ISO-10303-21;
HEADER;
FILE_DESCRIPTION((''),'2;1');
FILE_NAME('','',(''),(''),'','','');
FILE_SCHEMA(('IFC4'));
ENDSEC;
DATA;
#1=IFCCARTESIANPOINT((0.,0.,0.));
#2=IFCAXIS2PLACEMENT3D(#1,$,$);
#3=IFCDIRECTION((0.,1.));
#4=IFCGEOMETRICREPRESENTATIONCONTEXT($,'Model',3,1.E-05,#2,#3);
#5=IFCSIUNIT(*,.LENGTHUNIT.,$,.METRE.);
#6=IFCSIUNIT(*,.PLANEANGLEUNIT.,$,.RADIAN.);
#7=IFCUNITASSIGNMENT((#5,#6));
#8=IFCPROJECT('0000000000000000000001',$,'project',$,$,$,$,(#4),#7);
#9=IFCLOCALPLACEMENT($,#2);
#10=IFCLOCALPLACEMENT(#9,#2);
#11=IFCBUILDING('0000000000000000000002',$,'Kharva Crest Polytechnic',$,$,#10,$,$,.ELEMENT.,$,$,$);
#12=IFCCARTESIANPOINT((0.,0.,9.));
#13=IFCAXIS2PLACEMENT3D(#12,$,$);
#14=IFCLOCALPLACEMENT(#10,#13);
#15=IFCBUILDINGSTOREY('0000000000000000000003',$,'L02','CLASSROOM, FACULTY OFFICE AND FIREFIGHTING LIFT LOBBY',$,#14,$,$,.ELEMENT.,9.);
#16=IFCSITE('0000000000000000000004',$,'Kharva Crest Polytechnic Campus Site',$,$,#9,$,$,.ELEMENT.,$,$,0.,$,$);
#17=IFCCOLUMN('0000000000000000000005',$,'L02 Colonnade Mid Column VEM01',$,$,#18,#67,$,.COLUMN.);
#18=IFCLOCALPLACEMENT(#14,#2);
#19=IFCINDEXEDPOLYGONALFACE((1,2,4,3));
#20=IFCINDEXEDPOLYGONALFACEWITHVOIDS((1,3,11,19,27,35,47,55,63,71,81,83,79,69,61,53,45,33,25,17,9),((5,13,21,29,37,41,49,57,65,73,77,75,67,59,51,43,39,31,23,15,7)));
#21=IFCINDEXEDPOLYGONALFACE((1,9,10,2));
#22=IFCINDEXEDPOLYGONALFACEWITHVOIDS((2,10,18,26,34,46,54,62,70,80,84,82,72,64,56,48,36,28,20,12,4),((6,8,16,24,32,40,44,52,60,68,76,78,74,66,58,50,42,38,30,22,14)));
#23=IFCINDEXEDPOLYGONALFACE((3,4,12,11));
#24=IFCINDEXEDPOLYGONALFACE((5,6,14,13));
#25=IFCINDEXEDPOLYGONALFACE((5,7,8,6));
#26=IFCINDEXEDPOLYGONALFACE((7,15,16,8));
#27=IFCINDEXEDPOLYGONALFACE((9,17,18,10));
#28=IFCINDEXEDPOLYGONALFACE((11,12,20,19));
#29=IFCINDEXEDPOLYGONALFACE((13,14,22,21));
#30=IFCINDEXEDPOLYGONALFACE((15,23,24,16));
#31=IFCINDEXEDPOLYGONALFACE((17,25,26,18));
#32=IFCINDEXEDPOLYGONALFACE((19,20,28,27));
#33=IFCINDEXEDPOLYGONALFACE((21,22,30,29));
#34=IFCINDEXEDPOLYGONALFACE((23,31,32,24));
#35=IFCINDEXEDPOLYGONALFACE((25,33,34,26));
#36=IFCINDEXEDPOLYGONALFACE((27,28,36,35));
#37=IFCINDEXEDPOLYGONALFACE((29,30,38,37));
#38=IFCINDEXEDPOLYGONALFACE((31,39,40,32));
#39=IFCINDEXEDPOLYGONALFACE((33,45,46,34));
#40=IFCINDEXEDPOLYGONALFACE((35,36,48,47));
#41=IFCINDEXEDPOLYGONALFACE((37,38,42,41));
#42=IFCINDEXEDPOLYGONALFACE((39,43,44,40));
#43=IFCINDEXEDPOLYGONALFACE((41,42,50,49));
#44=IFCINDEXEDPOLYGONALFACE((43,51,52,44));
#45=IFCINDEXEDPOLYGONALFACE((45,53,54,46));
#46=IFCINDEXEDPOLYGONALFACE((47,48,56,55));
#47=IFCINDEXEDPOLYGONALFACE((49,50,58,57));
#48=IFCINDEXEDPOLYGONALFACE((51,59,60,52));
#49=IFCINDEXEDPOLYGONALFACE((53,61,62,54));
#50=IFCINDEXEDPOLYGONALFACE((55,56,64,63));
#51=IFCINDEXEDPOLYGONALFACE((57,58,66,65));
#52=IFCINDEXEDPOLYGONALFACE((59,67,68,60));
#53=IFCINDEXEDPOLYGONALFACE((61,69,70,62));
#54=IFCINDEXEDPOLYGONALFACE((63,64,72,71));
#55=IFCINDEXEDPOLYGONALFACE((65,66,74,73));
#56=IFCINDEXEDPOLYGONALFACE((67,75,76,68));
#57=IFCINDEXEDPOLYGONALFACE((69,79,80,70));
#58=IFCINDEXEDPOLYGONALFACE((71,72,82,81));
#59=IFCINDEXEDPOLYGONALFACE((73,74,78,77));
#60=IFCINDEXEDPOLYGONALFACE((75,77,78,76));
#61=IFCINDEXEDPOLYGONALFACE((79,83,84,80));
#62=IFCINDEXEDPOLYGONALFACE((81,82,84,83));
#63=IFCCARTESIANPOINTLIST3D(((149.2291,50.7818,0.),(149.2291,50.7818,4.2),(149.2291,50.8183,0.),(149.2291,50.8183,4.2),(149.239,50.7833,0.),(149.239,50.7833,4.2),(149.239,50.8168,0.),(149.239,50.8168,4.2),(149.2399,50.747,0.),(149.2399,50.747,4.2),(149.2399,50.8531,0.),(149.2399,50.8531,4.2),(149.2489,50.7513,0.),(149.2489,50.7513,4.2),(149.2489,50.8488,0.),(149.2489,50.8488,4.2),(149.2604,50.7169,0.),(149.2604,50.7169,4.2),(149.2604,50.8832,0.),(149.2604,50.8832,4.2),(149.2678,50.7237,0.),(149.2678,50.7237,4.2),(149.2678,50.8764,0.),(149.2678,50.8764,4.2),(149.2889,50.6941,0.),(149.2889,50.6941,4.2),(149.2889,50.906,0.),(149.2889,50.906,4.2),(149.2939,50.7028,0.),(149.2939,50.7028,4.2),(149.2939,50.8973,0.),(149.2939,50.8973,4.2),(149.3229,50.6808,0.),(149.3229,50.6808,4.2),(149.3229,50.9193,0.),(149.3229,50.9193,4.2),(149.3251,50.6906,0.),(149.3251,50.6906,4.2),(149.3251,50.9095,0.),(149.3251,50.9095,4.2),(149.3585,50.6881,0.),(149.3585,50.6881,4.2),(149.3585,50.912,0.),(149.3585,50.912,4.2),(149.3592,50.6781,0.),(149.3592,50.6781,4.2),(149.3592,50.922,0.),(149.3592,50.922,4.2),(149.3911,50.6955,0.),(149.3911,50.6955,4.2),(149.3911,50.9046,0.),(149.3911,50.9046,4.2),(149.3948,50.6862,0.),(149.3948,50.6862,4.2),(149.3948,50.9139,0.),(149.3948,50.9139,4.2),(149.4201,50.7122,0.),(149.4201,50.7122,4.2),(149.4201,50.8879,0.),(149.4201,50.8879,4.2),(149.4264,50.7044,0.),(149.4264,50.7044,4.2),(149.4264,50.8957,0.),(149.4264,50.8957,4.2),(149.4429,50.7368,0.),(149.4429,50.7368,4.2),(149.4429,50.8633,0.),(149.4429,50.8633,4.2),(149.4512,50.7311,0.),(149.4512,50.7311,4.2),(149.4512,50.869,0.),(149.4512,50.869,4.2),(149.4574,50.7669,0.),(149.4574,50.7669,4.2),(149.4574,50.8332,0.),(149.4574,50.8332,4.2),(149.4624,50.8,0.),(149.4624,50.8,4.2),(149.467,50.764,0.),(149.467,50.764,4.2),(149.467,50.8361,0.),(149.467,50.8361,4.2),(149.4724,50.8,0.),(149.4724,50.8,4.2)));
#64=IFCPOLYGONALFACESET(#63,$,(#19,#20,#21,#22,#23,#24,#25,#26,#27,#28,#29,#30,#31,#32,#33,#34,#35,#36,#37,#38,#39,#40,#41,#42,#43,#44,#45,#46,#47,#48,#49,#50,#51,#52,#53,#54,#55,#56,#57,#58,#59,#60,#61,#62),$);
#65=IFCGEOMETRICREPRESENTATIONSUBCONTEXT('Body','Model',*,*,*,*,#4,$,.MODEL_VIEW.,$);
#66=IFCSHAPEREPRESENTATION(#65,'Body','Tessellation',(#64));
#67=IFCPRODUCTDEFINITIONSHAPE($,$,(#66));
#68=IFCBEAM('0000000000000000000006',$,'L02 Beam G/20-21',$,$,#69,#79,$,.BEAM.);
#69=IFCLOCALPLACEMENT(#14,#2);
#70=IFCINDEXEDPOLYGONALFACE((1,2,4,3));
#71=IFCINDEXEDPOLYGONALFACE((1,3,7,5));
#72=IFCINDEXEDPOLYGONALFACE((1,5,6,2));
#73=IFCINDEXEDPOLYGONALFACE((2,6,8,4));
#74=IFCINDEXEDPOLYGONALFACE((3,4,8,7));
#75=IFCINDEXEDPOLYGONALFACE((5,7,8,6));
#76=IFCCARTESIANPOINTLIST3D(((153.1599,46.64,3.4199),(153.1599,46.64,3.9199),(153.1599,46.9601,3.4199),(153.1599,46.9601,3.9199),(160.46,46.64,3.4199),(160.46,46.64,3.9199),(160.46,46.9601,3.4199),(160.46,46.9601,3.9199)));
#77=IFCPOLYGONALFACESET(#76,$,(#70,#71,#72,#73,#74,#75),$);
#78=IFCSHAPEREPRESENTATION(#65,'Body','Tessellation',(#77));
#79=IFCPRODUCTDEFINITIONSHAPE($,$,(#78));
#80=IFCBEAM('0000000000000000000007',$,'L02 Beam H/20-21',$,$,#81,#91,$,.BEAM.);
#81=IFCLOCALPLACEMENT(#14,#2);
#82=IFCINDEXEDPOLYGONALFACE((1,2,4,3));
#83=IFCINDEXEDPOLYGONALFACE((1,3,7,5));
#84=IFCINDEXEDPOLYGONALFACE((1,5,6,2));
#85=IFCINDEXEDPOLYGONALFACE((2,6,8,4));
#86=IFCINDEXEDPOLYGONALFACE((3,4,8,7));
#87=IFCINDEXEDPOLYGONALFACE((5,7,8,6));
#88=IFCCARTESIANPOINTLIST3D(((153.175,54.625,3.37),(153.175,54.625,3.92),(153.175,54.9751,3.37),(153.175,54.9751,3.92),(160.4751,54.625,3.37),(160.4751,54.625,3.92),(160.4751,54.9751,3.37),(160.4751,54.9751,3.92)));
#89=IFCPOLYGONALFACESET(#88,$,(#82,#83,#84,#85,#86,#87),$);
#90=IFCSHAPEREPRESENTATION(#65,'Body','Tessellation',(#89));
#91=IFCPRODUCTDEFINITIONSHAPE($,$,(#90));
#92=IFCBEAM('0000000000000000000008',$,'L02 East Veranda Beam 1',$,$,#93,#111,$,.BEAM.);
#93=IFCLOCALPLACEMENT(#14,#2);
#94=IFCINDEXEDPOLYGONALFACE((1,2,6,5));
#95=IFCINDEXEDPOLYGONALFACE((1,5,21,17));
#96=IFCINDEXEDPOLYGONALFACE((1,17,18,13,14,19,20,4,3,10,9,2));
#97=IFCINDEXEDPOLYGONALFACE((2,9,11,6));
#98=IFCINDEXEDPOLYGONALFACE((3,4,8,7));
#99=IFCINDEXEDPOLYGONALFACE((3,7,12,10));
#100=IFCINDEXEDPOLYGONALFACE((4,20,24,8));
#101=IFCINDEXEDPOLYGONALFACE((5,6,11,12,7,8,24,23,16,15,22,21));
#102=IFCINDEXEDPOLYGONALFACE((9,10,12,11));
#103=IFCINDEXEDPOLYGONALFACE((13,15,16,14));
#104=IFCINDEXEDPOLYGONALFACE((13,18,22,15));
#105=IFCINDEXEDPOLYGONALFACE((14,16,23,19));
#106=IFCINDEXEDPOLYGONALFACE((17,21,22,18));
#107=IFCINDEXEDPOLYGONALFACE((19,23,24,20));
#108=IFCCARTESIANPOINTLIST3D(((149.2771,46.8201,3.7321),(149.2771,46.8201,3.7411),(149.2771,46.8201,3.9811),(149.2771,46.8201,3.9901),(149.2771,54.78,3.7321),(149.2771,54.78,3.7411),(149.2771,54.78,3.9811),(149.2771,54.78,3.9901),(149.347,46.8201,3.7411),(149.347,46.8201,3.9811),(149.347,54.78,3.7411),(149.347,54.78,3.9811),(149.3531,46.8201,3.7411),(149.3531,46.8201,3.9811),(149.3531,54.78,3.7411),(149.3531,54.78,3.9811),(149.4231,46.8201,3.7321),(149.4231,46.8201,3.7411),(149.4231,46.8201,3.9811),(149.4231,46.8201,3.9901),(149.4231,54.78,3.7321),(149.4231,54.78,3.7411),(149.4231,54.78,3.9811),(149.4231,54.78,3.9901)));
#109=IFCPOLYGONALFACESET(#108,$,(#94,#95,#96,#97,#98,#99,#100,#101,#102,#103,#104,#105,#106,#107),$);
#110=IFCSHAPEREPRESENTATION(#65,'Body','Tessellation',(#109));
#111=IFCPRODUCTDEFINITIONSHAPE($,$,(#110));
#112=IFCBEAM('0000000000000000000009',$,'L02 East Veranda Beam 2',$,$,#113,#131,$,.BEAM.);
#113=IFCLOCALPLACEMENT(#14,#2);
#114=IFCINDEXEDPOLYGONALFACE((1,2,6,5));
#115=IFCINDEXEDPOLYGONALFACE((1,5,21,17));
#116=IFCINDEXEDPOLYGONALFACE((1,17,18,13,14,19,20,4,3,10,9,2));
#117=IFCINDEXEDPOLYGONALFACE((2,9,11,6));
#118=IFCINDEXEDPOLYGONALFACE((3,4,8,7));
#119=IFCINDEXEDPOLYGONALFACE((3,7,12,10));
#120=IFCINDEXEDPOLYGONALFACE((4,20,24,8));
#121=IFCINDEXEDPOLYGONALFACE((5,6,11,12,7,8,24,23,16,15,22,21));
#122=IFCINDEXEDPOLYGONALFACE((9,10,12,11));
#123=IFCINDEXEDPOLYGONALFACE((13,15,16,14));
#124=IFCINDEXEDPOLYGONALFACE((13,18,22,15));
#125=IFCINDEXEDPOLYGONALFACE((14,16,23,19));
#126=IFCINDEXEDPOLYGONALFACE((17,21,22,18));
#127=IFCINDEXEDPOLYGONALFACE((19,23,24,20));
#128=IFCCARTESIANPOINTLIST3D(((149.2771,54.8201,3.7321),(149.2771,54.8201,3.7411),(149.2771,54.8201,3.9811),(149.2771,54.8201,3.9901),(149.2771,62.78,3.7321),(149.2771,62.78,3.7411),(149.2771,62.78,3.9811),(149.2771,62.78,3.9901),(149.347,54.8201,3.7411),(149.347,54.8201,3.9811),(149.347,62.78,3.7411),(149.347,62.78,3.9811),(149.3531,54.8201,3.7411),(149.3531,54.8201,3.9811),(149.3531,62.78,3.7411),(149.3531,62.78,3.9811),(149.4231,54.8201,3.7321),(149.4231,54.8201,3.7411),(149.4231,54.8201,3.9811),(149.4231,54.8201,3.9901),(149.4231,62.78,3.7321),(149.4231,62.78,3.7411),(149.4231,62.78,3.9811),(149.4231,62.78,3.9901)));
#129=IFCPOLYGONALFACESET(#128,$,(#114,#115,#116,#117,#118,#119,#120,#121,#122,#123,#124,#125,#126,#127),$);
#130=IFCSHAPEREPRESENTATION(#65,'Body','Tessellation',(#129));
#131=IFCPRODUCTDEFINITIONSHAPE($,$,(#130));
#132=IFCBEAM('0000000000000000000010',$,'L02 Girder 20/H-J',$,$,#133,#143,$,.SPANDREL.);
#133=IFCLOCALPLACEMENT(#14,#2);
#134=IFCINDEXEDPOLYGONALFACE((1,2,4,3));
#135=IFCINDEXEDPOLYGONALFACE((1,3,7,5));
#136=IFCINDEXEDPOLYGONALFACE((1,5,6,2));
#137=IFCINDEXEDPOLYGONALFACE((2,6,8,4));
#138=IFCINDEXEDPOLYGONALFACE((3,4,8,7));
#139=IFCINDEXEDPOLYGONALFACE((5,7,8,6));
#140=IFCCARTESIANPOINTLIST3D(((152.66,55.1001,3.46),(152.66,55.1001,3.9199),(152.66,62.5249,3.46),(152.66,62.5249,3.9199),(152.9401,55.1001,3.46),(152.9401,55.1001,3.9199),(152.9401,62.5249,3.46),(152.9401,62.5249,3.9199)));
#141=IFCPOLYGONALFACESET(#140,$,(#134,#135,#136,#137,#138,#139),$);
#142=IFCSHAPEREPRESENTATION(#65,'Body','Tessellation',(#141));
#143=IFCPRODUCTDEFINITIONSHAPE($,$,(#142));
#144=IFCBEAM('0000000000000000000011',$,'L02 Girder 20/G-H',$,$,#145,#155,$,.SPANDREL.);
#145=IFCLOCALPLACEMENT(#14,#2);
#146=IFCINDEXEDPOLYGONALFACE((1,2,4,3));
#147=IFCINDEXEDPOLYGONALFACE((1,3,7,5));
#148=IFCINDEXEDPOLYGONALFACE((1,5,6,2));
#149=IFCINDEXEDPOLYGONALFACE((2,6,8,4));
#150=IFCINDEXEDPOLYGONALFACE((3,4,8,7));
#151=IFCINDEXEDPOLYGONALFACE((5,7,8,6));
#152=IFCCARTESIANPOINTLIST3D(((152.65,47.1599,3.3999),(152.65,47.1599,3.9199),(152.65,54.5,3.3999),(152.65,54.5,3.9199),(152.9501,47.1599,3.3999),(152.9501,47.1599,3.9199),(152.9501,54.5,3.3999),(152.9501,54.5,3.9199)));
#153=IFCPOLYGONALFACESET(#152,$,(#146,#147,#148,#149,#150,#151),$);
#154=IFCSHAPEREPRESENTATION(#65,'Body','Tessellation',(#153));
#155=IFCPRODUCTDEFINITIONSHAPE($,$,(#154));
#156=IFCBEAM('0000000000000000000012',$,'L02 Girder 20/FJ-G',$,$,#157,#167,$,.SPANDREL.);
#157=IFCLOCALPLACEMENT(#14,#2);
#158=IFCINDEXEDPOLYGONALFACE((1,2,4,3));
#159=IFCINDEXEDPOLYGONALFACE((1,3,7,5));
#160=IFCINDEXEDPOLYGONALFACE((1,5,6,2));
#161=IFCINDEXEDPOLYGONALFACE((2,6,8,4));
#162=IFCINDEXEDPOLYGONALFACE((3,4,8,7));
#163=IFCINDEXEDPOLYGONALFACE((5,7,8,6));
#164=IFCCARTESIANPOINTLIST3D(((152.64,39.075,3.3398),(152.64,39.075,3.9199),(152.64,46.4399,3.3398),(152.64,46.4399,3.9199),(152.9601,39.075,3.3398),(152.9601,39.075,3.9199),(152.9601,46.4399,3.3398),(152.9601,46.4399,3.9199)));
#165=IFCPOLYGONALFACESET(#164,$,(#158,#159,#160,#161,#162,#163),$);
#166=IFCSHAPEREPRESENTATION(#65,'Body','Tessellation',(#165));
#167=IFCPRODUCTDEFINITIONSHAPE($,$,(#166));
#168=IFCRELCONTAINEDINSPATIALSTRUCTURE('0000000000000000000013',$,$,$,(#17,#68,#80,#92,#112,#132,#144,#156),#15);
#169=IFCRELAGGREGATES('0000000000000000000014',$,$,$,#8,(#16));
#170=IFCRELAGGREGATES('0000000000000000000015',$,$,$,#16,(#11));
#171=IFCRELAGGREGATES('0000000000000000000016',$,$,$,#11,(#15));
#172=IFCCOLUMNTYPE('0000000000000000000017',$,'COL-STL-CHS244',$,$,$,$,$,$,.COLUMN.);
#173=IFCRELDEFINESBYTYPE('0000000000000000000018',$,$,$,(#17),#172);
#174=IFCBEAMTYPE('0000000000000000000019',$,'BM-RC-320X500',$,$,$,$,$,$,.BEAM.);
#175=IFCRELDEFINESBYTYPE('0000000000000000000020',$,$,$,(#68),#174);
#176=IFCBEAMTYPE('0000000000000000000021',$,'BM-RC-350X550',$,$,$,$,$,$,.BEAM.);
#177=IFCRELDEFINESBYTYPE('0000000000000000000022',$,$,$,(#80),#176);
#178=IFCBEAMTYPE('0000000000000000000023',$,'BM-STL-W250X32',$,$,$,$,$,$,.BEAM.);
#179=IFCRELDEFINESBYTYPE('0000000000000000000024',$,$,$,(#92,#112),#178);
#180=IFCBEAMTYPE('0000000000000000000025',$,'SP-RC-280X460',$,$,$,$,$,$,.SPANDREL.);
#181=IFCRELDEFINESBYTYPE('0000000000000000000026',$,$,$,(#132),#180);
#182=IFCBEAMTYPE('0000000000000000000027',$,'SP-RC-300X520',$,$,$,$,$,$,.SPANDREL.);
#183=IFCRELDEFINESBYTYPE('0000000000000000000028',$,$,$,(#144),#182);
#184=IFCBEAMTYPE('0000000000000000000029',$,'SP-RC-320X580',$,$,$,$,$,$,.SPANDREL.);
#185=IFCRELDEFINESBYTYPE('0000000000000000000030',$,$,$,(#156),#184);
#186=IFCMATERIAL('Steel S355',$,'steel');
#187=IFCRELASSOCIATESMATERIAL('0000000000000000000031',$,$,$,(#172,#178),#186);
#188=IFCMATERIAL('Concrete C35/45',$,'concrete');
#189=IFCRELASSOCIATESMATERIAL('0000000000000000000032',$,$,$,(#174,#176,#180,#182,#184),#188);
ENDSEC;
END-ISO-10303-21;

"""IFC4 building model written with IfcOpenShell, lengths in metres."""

from ifc_helpers import new_model, si_unit, direction, frame, origin, origin_2d, place, context, subcontext, project, spatial, rectangle, hollow_circle, i_section, extrude, material, material_profile, profile_set, type_object, element, save


model = new_model("IFC4")

# Units and contexts
model_context = context("Model", 3, precision=1e-05, world=origin(), true_north=direction((0.0, 1.0)))
body_context = subcontext(model_context, "Body", "Model", "MODEL_VIEW")
ifc_project = project(units=[si_unit("LENGTHUNIT", "METRE"), si_unit("PLANEANGLEUNIT", "RADIAN")], contexts=[model_context])

# Site, building, storey
site_placement = place(None, origin())
site = spatial("IfcSite", under=ifc_project, at=site_placement, Name="Kharva Crest Polytechnic Campus Site", CompositionType="ELEMENT", RefElevation=0.0)
building_placement = place(site_placement, origin())
building = spatial("IfcBuilding", under=site, at=building_placement, Name="Kharva Crest Polytechnic", CompositionType="ELEMENT")
storey_placement = place(building_placement, frame((0.0, 0.0, 9.0)))
storey = spatial("IfcBuildingStorey", under=building, at=storey_placement, Name="L02", Description="CLASSROOM, FACULTY OFFICE AND FIREFIGHTING LIFT LOBBY", CompositionType="ELEMENT", Elevation=9.0)

# Column
ifc_material_1 = material(Name="Steel S355", Category="steel")
ifc_material_profile_1 = material_profile(ifc_material_1, hollow_circle(Radius=0.1223, WallThickness=0.01, at=origin_2d()), Name="CHS 244.5X10.0")
ifc_profile_set_1 = profile_set([ifc_material_profile_1], Name="Steel S355")
column_type_1 = type_object("IfcColumnType", Name="COL-STL-CHS244", PredefinedType="COLUMN", material=ifc_profile_set_1)
for number, where, z_axis, x_axis, name in (
    (1, (149.3501, 50.8, 0.0), (0.0, 0.0, 1.0), (1.0, 0.0, 0.0), "L02 Colonnade Mid Column VEM01"),
):
    element("IfcColumn", number, at=place(storey_placement, frame(where, z_axis=z_axis, x_axis=x_axis)), inside=storey, type_object=column_type_1, Name=name, PredefinedType="COLUMN", context=body_context, shape_type="SweptSolid", body=[
        extrude(hollow_circle(Radius=0.1223, WallThickness=0.01, at=origin_2d()), origin(), (0.0, 0.0, 1.0), 4.2),
    ])

# Beams
ifc_material_2 = material(Name="Concrete C35/45", Category="concrete")
ifc_material_profile_2 = material_profile(ifc_material_2, rectangle(XDim=0.3201, YDim=0.5, at=origin_2d()), Name="RECT 320 X 500")
ifc_profile_set_2 = profile_set([ifc_material_profile_2], Name="Concrete C35/45")
beam_type_1 = type_object("IfcBeamType", Name="BM-RC-320X500", PredefinedType="BEAM", material=ifc_profile_set_2)
beam_1_placement = place(storey_placement, frame((153.1599, 46.8, 3.6699), z_axis=(1.0, 0.0, 0.0), x_axis=(0.0, 1.0, 0.0)))
element("IfcBeam", 2, at=beam_1_placement, inside=storey, type_object=beam_type_1, Name="L02 Beam G/20-21", PredefinedType="BEAM", context=body_context, shape_type="SweptSolid", body=[
    extrude(rectangle(XDim=0.3201, YDim=0.5, at=origin_2d()), origin(), (0.0, 0.0, 1.0), 7.3),
])
ifc_material_profile_3 = material_profile(ifc_material_2, rectangle(XDim=0.3501, YDim=0.55, at=origin_2d()), Name="RECT 350 X 550")
ifc_profile_set_3 = profile_set([ifc_material_profile_3], Name="Concrete C35/45")
beam_type_2 = type_object("IfcBeamType", Name="BM-RC-350X550", PredefinedType="BEAM", material=ifc_profile_set_3)
beam_2_placement = place(storey_placement, frame((153.175, 54.8, 3.645), z_axis=(1.0, 0.0, 0.0), x_axis=(0.0, 1.0, 0.0)))
element("IfcBeam", 3, at=beam_2_placement, inside=storey, type_object=beam_type_2, Name="L02 Beam H/20-21", PredefinedType="BEAM", context=body_context, shape_type="SweptSolid", body=[
    extrude(rectangle(XDim=0.3501, YDim=0.55, at=origin_2d()), origin(), (0.0, 0.0, 1.0), 7.3),
])
ifc_material_profile_4 = material_profile(ifc_material_1, i_section(OverallWidth=0.146, OverallDepth=0.2581, WebThickness=0.0061, FlangeThickness=0.009, at=origin_2d()), Name="W250X32.7")
ifc_profile_set_4 = profile_set([ifc_material_profile_4], Name="Steel S355")
beam_type_3 = type_object("IfcBeamType", Name="BM-STL-W250X32", PredefinedType="BEAM", material=ifc_profile_set_4)
for number, where, z_axis, x_axis, name in (
    (4, (149.3501, 46.8201, 3.8611), (0.0, 1.0, 0.0), (-1.0, 0.0, 0.0), "L02 East Veranda Beam 1"),
    (5, (149.3501, 54.8201, 3.8611), (0.0, 1.0, 0.0), (-1.0, 0.0, 0.0), "L02 East Veranda Beam 2"),
):
    element("IfcBeam", number, at=place(storey_placement, frame(where, z_axis=z_axis, x_axis=x_axis)), inside=storey, type_object=beam_type_3, Name=name, PredefinedType="BEAM", context=body_context, shape_type="SweptSolid", body=[
        extrude(i_section(OverallWidth=0.146, OverallDepth=0.2581, WebThickness=0.0061, FlangeThickness=0.009, at=origin_2d()), origin(), (0.0, 0.0, 1.0), 7.96),
    ])
ifc_material_profile_5 = material_profile(ifc_material_2, rectangle(XDim=0.28, YDim=0.46, at=origin_2d()), Name="RECT 280 X 460")
ifc_profile_set_5 = profile_set([ifc_material_profile_5], Name="Concrete C35/45")
beam_type_4 = type_object("IfcBeamType", Name="SP-RC-280X460", PredefinedType="SPANDREL", material=ifc_profile_set_5)
beam_3_placement = place(storey_placement, frame((152.8, 55.1001, 3.6899), z_axis=(0.0, 1.0, 0.0), x_axis=(-1.0, 0.0, 0.0)))
element("IfcBeam", 6, at=beam_3_placement, inside=storey, type_object=beam_type_4, Name="L02 Girder 20/H-J", PredefinedType="SPANDREL", context=body_context, shape_type="SweptSolid", body=[
    extrude(rectangle(XDim=0.28, YDim=0.46, at=origin_2d()), origin(), (0.0, 0.0, 1.0), 7.4248),
])
ifc_material_profile_6 = material_profile(ifc_material_2, rectangle(XDim=0.3, YDim=0.52, at=origin_2d()), Name="RECT 300 X 520")
ifc_profile_set_6 = profile_set([ifc_material_profile_6], Name="Concrete C35/45")
beam_type_5 = type_object("IfcBeamType", Name="SP-RC-300X520", PredefinedType="SPANDREL", material=ifc_profile_set_6)
beam_4_placement = place(storey_placement, frame((152.8, 47.1599, 3.6599), z_axis=(0.0, 1.0, 0.0), x_axis=(-1.0, 0.0, 0.0)))
element("IfcBeam", 7, at=beam_4_placement, inside=storey, type_object=beam_type_5, Name="L02 Girder 20/G-H", PredefinedType="SPANDREL", context=body_context, shape_type="SweptSolid", body=[
    extrude(rectangle(XDim=0.3, YDim=0.52, at=origin_2d()), origin(), (0.0, 0.0, 1.0), 7.3401),
])
ifc_material_profile_7 = material_profile(ifc_material_2, rectangle(XDim=0.3201, YDim=0.5801, at=origin_2d()), Name="RECT 320 X 580")
ifc_profile_set_7 = profile_set([ifc_material_profile_7], Name="Concrete C35/45")
beam_type_6 = type_object("IfcBeamType", Name="SP-RC-320X580", PredefinedType="SPANDREL", material=ifc_profile_set_7)
beam_5_placement = place(storey_placement, frame((152.8, 39.075, 3.6299), z_axis=(0.0, 1.0, 0.0), x_axis=(-1.0, 0.0, 0.0)))
element("IfcBeam", 8, at=beam_5_placement, inside=storey, type_object=beam_type_6, Name="L02 Girder 20/FJ-G", PredefinedType="SPANDREL", context=body_context, shape_type="SweptSolid", body=[
    extrude(rectangle(XDim=0.3201, YDim=0.5801, at=origin_2d()), origin(), (0.0, 0.0, 1.0), 7.365),
])

save(model, "model.ifc")
